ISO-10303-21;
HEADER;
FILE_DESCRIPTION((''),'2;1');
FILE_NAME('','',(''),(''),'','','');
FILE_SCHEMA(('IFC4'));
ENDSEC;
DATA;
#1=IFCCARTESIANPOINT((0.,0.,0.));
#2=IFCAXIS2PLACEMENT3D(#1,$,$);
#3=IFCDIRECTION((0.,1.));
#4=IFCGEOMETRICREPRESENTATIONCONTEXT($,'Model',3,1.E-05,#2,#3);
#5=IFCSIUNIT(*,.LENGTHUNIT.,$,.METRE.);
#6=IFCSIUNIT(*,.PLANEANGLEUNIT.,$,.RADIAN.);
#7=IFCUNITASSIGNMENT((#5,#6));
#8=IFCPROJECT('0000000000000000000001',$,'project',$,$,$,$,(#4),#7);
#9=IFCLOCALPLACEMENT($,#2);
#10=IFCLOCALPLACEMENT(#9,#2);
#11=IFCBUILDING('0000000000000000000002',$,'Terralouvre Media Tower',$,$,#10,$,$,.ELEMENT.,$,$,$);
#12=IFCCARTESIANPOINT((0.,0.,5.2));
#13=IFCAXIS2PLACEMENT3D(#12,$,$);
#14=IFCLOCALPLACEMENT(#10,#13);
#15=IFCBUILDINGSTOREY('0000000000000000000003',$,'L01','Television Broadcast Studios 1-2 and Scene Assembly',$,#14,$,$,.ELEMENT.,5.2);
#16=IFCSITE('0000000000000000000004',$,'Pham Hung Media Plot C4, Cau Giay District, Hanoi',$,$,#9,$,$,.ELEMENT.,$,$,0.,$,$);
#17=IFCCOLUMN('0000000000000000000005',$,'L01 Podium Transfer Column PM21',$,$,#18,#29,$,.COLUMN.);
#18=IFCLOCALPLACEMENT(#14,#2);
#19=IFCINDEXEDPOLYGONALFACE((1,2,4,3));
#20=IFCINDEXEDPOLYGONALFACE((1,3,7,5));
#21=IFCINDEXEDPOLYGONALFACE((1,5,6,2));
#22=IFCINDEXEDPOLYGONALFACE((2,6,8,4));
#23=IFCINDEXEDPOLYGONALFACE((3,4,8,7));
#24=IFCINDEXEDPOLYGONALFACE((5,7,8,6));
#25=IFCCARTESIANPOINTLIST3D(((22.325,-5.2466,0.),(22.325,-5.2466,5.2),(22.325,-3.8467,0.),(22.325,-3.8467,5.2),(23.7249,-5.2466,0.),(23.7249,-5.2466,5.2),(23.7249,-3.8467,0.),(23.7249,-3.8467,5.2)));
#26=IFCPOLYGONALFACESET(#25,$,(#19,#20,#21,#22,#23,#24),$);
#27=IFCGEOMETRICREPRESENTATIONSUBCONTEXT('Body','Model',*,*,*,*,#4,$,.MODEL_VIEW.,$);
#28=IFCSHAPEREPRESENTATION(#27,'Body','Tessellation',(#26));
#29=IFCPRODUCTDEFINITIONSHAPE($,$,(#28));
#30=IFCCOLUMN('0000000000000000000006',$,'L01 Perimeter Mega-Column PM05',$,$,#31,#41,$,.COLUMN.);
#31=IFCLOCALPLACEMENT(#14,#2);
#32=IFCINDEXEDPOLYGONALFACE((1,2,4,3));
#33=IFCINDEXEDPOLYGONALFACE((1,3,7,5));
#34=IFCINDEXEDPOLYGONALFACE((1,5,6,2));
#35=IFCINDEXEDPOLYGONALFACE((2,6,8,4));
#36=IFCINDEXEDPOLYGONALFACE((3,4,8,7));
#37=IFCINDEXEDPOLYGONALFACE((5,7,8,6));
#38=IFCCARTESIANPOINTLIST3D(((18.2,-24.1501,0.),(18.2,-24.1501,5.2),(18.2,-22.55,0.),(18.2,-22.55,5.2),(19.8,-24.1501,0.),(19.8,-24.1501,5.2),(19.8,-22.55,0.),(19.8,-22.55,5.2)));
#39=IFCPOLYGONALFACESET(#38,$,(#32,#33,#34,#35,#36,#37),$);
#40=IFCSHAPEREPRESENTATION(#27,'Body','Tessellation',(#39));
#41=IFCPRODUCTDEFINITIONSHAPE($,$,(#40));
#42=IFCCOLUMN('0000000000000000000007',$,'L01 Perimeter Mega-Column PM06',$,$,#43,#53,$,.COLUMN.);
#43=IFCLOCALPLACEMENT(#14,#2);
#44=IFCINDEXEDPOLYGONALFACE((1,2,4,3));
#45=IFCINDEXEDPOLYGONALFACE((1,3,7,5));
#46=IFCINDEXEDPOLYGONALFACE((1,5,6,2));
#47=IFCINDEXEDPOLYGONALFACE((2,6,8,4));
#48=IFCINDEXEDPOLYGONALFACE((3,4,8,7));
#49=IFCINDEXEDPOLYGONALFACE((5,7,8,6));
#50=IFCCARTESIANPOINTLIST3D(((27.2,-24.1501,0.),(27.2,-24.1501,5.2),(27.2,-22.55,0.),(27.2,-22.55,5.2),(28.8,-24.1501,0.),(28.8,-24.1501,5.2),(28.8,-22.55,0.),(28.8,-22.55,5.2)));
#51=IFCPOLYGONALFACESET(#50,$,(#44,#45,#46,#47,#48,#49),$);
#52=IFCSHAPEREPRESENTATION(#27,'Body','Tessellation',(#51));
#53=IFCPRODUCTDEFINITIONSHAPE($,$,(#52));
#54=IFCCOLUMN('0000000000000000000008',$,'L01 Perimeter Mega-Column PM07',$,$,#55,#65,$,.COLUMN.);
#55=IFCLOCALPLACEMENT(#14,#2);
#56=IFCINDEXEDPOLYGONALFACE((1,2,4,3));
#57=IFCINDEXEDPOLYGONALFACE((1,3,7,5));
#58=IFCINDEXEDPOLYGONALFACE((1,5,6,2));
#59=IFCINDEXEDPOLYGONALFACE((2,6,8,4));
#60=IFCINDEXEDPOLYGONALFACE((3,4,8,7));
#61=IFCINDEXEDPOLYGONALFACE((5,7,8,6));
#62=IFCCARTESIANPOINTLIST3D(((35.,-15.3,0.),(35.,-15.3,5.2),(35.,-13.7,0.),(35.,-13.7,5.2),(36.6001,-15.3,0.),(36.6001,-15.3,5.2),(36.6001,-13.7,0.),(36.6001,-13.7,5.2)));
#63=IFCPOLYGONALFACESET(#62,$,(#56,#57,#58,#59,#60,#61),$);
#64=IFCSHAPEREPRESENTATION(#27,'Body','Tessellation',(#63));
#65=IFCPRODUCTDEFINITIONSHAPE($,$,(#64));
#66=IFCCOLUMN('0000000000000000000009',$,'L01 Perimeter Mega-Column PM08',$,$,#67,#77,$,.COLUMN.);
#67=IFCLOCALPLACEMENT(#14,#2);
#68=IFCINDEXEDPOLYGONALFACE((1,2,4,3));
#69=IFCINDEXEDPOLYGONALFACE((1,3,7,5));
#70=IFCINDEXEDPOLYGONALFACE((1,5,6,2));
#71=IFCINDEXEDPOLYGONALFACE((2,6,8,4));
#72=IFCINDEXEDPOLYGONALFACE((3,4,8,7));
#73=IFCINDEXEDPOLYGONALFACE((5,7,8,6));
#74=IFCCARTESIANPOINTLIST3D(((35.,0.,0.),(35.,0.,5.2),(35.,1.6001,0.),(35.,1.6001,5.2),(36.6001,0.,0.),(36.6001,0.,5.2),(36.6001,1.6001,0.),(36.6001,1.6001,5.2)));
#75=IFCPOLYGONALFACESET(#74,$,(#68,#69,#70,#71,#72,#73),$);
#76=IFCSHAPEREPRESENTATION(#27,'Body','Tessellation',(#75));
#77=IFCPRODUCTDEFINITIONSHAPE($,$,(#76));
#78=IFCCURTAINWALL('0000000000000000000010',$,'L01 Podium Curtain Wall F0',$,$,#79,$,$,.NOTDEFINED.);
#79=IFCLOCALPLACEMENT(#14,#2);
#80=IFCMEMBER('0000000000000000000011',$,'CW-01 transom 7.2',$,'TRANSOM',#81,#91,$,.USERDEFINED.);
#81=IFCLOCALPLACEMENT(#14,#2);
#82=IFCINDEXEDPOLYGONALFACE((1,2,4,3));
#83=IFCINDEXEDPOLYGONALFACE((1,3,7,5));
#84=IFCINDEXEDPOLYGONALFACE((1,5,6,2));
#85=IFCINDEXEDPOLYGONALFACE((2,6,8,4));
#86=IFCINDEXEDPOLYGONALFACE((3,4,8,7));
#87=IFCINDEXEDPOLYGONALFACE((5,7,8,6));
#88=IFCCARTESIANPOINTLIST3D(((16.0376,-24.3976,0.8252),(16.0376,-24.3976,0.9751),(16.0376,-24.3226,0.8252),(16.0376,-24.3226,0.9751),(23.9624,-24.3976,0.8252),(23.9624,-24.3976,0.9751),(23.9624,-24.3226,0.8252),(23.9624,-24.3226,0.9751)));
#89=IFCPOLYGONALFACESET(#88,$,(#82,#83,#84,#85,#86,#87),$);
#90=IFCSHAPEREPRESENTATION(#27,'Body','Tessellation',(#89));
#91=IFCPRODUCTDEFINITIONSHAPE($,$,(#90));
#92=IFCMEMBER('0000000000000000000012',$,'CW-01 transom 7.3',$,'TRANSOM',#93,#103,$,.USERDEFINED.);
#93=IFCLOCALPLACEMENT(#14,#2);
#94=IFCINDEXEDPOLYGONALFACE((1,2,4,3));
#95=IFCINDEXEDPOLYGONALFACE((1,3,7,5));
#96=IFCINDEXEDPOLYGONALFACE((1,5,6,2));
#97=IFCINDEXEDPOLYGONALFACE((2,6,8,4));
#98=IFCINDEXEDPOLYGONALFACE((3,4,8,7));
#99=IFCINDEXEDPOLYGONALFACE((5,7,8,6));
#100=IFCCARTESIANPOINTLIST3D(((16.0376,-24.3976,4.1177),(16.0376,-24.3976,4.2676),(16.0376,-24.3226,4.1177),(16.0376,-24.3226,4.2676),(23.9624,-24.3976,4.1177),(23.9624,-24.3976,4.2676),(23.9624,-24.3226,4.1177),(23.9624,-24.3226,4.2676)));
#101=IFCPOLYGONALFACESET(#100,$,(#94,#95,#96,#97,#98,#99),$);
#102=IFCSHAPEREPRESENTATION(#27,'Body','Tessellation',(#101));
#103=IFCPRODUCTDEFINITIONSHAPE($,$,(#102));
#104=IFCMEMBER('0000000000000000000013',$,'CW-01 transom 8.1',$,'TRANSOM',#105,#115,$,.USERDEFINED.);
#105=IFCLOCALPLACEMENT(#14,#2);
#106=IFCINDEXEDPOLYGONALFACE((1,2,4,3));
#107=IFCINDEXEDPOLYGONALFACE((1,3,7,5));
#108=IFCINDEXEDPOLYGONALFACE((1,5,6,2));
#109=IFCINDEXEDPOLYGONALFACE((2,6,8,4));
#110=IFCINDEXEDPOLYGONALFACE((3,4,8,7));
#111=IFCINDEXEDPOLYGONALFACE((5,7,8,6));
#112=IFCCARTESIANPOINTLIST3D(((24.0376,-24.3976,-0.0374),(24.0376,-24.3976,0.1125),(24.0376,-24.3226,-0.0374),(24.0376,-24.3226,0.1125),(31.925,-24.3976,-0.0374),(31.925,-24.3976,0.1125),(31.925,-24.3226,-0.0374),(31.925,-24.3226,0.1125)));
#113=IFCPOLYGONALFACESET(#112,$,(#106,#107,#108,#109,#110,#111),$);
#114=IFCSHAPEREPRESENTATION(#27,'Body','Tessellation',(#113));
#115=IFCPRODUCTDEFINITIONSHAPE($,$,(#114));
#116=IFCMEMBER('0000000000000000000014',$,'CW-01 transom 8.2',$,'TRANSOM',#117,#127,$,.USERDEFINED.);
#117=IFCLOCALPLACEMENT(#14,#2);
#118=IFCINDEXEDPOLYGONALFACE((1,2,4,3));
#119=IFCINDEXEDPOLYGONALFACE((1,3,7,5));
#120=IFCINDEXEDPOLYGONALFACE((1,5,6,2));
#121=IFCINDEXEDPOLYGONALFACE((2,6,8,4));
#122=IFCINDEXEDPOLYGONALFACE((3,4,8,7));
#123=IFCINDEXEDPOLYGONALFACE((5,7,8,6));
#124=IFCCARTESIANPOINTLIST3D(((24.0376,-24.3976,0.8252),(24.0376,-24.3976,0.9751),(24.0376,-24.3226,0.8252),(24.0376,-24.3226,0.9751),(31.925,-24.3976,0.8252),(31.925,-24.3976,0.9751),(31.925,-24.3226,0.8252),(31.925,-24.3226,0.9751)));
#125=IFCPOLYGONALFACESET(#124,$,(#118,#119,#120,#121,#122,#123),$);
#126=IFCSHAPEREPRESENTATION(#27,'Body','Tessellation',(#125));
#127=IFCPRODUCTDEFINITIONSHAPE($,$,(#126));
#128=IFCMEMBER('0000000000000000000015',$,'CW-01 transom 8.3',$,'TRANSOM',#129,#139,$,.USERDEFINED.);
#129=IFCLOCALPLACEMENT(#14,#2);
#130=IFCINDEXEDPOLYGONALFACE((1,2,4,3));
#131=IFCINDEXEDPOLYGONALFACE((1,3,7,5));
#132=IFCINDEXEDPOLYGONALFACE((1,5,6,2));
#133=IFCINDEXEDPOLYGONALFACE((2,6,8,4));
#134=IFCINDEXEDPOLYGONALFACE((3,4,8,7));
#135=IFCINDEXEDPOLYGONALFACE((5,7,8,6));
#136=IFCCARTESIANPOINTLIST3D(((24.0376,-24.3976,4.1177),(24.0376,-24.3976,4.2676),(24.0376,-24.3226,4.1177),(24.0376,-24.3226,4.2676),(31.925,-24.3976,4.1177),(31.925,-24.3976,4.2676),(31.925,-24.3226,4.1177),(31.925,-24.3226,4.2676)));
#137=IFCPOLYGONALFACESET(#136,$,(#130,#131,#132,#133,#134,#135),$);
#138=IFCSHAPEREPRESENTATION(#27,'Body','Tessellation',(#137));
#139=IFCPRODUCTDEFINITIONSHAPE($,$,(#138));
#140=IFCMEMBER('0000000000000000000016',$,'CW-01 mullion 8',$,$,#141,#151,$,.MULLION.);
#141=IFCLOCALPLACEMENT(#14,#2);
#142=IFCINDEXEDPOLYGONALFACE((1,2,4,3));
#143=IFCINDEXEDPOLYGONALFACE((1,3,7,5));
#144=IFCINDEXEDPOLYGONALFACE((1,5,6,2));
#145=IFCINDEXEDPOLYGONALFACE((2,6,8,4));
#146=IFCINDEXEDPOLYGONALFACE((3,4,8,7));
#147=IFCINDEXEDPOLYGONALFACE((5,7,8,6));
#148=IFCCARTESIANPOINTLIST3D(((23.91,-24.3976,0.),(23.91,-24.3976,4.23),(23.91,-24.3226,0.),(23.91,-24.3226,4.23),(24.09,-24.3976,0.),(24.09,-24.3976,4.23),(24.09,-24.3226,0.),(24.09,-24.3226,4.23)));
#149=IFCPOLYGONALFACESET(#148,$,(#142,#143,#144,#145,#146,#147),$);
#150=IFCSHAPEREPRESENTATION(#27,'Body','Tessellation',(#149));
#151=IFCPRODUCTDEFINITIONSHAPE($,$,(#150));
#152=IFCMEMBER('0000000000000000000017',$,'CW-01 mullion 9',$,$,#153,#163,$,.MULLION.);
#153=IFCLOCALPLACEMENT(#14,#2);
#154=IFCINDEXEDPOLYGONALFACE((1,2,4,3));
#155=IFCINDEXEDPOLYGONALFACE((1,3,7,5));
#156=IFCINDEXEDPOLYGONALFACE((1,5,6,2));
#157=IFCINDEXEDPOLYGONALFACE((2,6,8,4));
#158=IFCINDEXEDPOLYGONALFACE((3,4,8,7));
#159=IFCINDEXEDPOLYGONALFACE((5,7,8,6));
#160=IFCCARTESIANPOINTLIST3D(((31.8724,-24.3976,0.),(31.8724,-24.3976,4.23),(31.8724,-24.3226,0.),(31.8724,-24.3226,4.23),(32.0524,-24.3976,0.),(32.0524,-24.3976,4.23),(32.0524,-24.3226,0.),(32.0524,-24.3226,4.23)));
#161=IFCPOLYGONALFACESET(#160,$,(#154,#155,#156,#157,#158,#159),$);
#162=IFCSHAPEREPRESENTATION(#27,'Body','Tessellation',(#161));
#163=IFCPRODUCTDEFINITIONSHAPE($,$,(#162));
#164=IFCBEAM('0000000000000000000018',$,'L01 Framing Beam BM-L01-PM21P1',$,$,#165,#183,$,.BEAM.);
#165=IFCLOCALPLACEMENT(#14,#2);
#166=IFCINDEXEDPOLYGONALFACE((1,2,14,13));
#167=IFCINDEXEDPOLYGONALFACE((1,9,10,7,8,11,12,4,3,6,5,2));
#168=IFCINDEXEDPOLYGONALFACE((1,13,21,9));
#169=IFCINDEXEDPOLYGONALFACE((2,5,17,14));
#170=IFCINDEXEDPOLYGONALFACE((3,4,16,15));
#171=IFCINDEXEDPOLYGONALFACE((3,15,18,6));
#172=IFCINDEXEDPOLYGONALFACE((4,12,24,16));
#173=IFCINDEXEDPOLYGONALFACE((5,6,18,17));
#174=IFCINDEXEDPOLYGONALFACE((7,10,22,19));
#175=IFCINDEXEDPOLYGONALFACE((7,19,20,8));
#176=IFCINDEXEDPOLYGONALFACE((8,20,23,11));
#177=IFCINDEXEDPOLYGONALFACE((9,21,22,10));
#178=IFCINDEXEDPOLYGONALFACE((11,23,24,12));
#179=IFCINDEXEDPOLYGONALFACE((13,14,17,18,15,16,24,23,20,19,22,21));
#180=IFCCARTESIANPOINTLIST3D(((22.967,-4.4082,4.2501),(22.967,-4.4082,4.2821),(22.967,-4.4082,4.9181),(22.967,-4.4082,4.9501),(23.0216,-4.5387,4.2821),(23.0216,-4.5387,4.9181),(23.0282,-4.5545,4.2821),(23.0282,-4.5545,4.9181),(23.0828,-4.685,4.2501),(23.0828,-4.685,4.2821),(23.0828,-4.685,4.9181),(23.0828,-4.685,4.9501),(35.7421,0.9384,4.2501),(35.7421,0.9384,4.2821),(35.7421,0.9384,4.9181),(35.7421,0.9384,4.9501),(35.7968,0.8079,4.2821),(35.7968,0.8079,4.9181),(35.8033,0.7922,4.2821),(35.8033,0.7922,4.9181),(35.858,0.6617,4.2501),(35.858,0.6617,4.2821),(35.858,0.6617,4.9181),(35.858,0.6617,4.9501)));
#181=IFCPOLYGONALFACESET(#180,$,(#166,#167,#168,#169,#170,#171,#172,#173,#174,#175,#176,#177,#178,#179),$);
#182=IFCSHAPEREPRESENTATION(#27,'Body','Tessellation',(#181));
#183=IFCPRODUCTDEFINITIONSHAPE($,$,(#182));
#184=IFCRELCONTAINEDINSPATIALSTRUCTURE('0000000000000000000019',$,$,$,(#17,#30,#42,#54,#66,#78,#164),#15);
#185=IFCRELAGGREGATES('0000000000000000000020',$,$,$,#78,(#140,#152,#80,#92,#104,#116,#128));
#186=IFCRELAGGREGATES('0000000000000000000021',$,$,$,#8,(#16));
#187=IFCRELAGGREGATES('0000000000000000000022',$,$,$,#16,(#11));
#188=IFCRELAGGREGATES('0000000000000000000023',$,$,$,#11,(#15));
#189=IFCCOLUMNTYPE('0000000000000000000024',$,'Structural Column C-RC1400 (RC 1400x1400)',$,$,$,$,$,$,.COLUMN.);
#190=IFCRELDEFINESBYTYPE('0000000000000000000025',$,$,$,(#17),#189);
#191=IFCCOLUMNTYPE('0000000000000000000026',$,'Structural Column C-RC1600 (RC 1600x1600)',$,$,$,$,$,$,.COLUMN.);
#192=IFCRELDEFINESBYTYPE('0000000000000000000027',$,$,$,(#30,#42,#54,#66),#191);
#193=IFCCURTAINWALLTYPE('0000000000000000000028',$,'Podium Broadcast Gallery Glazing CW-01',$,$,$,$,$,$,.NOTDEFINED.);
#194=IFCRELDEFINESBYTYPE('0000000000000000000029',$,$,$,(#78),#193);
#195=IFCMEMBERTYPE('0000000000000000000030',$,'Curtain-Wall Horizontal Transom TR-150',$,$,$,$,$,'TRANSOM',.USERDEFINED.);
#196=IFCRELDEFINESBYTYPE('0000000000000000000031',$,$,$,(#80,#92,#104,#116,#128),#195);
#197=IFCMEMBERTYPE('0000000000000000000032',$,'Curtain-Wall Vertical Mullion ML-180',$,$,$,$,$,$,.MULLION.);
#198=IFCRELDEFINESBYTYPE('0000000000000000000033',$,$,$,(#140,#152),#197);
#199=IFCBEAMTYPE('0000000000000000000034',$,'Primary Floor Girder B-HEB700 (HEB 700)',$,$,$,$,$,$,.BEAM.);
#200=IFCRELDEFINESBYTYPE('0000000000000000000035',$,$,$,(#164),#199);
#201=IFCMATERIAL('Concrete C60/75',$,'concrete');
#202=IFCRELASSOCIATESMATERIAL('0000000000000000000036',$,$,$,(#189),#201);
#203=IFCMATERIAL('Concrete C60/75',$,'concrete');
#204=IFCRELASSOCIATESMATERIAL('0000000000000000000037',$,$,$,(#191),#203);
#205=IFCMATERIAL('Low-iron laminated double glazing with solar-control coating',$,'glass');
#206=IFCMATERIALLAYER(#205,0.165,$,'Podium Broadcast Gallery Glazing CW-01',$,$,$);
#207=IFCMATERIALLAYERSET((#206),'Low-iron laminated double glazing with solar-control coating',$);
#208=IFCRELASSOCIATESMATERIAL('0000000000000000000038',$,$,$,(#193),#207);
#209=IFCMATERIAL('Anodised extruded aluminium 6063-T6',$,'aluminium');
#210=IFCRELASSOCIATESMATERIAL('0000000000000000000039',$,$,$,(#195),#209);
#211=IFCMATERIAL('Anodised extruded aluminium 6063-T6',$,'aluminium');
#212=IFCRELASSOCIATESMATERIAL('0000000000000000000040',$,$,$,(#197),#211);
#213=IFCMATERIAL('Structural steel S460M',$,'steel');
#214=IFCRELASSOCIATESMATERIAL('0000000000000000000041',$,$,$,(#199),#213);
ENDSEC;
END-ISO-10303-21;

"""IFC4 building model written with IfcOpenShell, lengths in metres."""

from ifc_helpers import new_model, si_unit, direction, frame, origin, origin_2d, place, context, subcontext, project, spatial, rectangle, i_section, extrude, material, layer, layer_set, material_profile, profile_set, type_object, element, aggregate, save


model = new_model("IFC4")

# Units and contexts
model_context = context("Model", 3, precision=1e-05, world=origin(), true_north=direction((0.0, 1.0)))
body_context = subcontext(model_context, "Body", "Model", "MODEL_VIEW")
ifc_project = project(units=[si_unit("LENGTHUNIT", "METRE"), si_unit("PLANEANGLEUNIT", "RADIAN")], contexts=[model_context])

# Site, building, storey
site_placement = place(None, origin())
site = spatial("IfcSite", under=ifc_project, at=site_placement, Name="Pham Hung Media Plot C4, Cau Giay District, Hanoi", CompositionType="ELEMENT", RefElevation=0.0)
building_placement = place(site_placement, origin())
building = spatial("IfcBuilding", under=site, at=building_placement, Name="Terralouvre Media Tower", CompositionType="ELEMENT")
storey_placement = place(building_placement, frame((0.0, 0.0, 5.2)))
storey = spatial("IfcBuildingStorey", under=building, at=storey_placement, Name="L01", Description="Television Broadcast Studios 1-2 and Scene Assembly", CompositionType="ELEMENT", Elevation=5.2)

# Columns
ifc_material_1 = material(Name="Concrete C60/75", Category="concrete")
ifc_material_profile_1 = material_profile(ifc_material_1, rectangle(XDim=1.3999, YDim=1.3999, at=origin_2d()), Name="RC 1400x1400")
ifc_profile_set_1 = profile_set([ifc_material_profile_1], Name="Concrete C60/75")
column_type_1 = type_object("IfcColumnType", Name="Structural Column C-RC1400 (RC 1400x1400)", PredefinedType="COLUMN", material=ifc_profile_set_1)
column_placement = place(storey_placement, frame((23.0249, -4.5466, 0.0), z_axis=(0.0, 0.0, 1.0), x_axis=(1.0, 0.0, 0.0)))
element("IfcColumn", 1, at=column_placement, inside=storey, type_object=column_type_1, Name="L01 Podium Transfer Column PM21", PredefinedType="COLUMN", context=body_context, shape_type="SweptSolid", body=[
    extrude(rectangle(XDim=1.3999, YDim=1.3999, at=origin_2d()), origin(), (0.0, 0.0, 1.0), 5.2),
])
ifc_material_2 = material(Name="Concrete C60/75", Category="concrete")
ifc_material_profile_2 = material_profile(ifc_material_2, rectangle(XDim=1.6001, YDim=1.6001, at=origin_2d()), Name="RC 1600x1600")
ifc_profile_set_2 = profile_set([ifc_material_profile_2], Name="Concrete C60/75")
column_type_2 = type_object("IfcColumnType", Name="Structural Column C-RC1600 (RC 1600x1600)", PredefinedType="COLUMN", material=ifc_profile_set_2)
for number, where, z_axis, x_axis, name in (
    (2, (19.0, -23.3501, 0.0), (0.0, 0.0, 1.0), (1.0, 0.0, 0.0), "L01 Perimeter Mega-Column PM05"),
    (3, (28.0, -23.3501, 0.0), (0.0, 0.0, 1.0), (1.0, 0.0, 0.0), "L01 Perimeter Mega-Column PM06"),
    (4, (35.8, -14.5, 0.0), (0.0, 0.0, 1.0), (1.0, 0.0, 0.0), "L01 Perimeter Mega-Column PM07"),
    (5, (35.8, 0.8, 0.0), (0.0, 0.0, 1.0), (1.0, 0.0, 0.0), "L01 Perimeter Mega-Column PM08"),
):
    element("IfcColumn", number, at=place(storey_placement, frame(where, z_axis=z_axis, x_axis=x_axis)), inside=storey, type_object=column_type_2, Name=name, PredefinedType="COLUMN", context=body_context, shape_type="SweptSolid", body=[
        extrude(rectangle(XDim=1.6001, YDim=1.6001, at=origin_2d()), origin(), (0.0, 0.0, 1.0), 5.2),
    ])

# Curtain wall, members
ifc_material_3 = material(Name="Low-iron laminated double glazing with solar-control coating", Category="glass")
ifc_layer_1 = layer(ifc_material_3, 0.165, Name="Podium Broadcast Gallery Glazing CW-01")
ifc_layer_set_1 = layer_set([ifc_layer_1], Name="Low-iron laminated double glazing with solar-control coating")
curtain_wall_type = type_object("IfcCurtainWallType", Name="Podium Broadcast Gallery Glazing CW-01", PredefinedType="NOTDEFINED", material=ifc_layer_set_1)
curtain_wall_placement = place(storey_placement, origin())
curtain_wall = element("IfcCurtainWall", 6, at=curtain_wall_placement, inside=storey, type_object=curtain_wall_type, Name="L01 Podium Curtain Wall F0", PredefinedType="NOTDEFINED")
ifc_material_4 = material(Name="Anodised extruded aluminium 6063-T6", Category="aluminium")
ifc_material_profile_3 = material_profile(ifc_material_4, rectangle(XDim=0.075, YDim=0.1499, at=origin_2d()), Name="ALU 75x150")
ifc_profile_set_3 = profile_set([ifc_material_profile_3], Name="Anodised extruded aluminium 6063-T6")
member_type_1 = type_object("IfcMemberType", Name="Curtain-Wall Horizontal Transom TR-150", ElementType="TRANSOM", PredefinedType="USERDEFINED", material=ifc_profile_set_3)
member_1_placement = place(storey_placement, frame((16.0376, -24.3601, 0.9001), z_axis=(1.0, 0.0, 0.0), x_axis=(0.0, 1.0, 0.0)))
member_1 = element("IfcMember", 7, at=member_1_placement, type_object=member_type_1, Name="CW-01 transom 7.2", ObjectType="TRANSOM", PredefinedType="USERDEFINED", context=body_context, shape_type="SweptSolid", body=[
    extrude(rectangle(XDim=0.075, YDim=0.1499, at=origin_2d()), origin(), (0.0, 0.0, 1.0), 7.9248),
])
member_2_placement = place(storey_placement, frame((16.0376, -24.3601, 4.1926), z_axis=(1.0, 0.0, 0.0), x_axis=(0.0, 1.0, 0.0)))
member_2 = element("IfcMember", 8, at=member_2_placement, type_object=member_type_1, Name="CW-01 transom 7.3", ObjectType="TRANSOM", PredefinedType="USERDEFINED", context=body_context, shape_type="SweptSolid", body=[
    extrude(rectangle(XDim=0.075, YDim=0.1499, at=origin_2d()), origin(), (0.0, 0.0, 1.0), 7.9248),
])
member_3_placement = place(storey_placement, frame((24.0376, -24.3601, 0.0376), z_axis=(1.0, 0.0, 0.0), x_axis=(0.0, 1.0, 0.0)))
member_3 = element("IfcMember", 9, at=member_3_placement, type_object=member_type_1, Name="CW-01 transom 8.1", ObjectType="TRANSOM", PredefinedType="USERDEFINED", context=body_context, shape_type="SweptSolid", body=[
    extrude(rectangle(XDim=0.075, YDim=0.1499, at=origin_2d()), origin(), (0.0, 0.0, 1.0), 7.8875),
])
member_4_placement = place(storey_placement, frame((24.0376, -24.3601, 0.9001), z_axis=(1.0, 0.0, 0.0), x_axis=(0.0, 1.0, 0.0)))
member_4 = element("IfcMember", 10, at=member_4_placement, type_object=member_type_1, Name="CW-01 transom 8.2", ObjectType="TRANSOM", PredefinedType="USERDEFINED", context=body_context, shape_type="SweptSolid", body=[
    extrude(rectangle(XDim=0.075, YDim=0.1499, at=origin_2d()), origin(), (0.0, 0.0, 1.0), 7.8875),
])
member_5_placement = place(storey_placement, frame((24.0376, -24.3601, 4.1926), z_axis=(1.0, 0.0, 0.0), x_axis=(0.0, 1.0, 0.0)))
member_5 = element("IfcMember", 11, at=member_5_placement, type_object=member_type_1, Name="CW-01 transom 8.3", ObjectType="TRANSOM", PredefinedType="USERDEFINED", context=body_context, shape_type="SweptSolid", body=[
    extrude(rectangle(XDim=0.075, YDim=0.1499, at=origin_2d()), origin(), (0.0, 0.0, 1.0), 7.8875),
])
ifc_material_5 = material(Name="Anodised extruded aluminium 6063-T6", Category="aluminium")
ifc_material_profile_4 = material_profile(ifc_material_5, rectangle(XDim=0.075, YDim=0.1799, at=origin_2d()), Name="ALU 75x180")
ifc_profile_set_4 = profile_set([ifc_material_profile_4], Name="Anodised extruded aluminium 6063-T6")
member_type_2 = type_object("IfcMemberType", Name="Curtain-Wall Vertical Mullion ML-180", PredefinedType="MULLION", material=ifc_profile_set_4)
member_6_placement = place(storey_placement, frame((24.0, -24.3601, 0.0), z_axis=(0.0, 0.0, 1.0), x_axis=(0.0, 1.0, 0.0)))
member_6 = element("IfcMember", 12, at=member_6_placement, type_object=member_type_2, Name="CW-01 mullion 8", PredefinedType="MULLION", context=body_context, shape_type="SweptSolid", body=[
    extrude(rectangle(XDim=0.075, YDim=0.1799, at=origin_2d()), origin(), (0.0, 0.0, 1.0), 4.23),
])
member_7_placement = place(storey_placement, frame((31.9624, -24.3601, 0.0), z_axis=(0.0, 0.0, 1.0), x_axis=(0.0, 1.0, 0.0)))
member_7 = element("IfcMember", 13, at=member_7_placement, type_object=member_type_2, Name="CW-01 mullion 9", PredefinedType="MULLION", context=body_context, shape_type="SweptSolid", body=[
    extrude(rectangle(XDim=0.075, YDim=0.1799, at=origin_2d()), origin(), (0.0, 0.0, 1.0), 4.23),
])

# Beam
ifc_material_6 = material(Name="Structural steel S460M", Category="steel")
ifc_material_profile_5 = material_profile(ifc_material_6, i_section(OverallWidth=0.3, OverallDepth=0.7, WebThickness=0.0171, FlangeThickness=0.032, at=origin_2d()), Name="HEB 700")
ifc_profile_set_5 = profile_set([ifc_material_profile_5], Name="Structural steel S460M")
beam_type_1 = type_object("IfcBeamType", Name="Primary Floor Girder B-HEB700 (HEB 700)", PredefinedType="BEAM", material=ifc_profile_set_5)
beam_1_placement = place(storey_placement, frame((23.0249, -4.5466, 4.6001), z_axis=(0.922468, 0.386073, 0.0), x_axis=(-0.386073, 0.922468, 0.0)))
element("IfcBeam", 14, at=beam_1_placement, inside=storey, type_object=beam_type_1, Name="L01 Framing Beam BM-L01-PM21P1", PredefinedType="BEAM", context=body_context, shape_type="SweptSolid", body=[
    extrude(i_section(OverallWidth=0.3, OverallDepth=0.7, WebThickness=0.0171, FlangeThickness=0.032, at=origin_2d()), origin(), (0.0, 0.0, 1.0), 13.8489),
])

aggregate(curtain_wall, [member_6, member_7, member_1, member_2, member_3, member_4, member_5])

save(model, "model.ifc")
